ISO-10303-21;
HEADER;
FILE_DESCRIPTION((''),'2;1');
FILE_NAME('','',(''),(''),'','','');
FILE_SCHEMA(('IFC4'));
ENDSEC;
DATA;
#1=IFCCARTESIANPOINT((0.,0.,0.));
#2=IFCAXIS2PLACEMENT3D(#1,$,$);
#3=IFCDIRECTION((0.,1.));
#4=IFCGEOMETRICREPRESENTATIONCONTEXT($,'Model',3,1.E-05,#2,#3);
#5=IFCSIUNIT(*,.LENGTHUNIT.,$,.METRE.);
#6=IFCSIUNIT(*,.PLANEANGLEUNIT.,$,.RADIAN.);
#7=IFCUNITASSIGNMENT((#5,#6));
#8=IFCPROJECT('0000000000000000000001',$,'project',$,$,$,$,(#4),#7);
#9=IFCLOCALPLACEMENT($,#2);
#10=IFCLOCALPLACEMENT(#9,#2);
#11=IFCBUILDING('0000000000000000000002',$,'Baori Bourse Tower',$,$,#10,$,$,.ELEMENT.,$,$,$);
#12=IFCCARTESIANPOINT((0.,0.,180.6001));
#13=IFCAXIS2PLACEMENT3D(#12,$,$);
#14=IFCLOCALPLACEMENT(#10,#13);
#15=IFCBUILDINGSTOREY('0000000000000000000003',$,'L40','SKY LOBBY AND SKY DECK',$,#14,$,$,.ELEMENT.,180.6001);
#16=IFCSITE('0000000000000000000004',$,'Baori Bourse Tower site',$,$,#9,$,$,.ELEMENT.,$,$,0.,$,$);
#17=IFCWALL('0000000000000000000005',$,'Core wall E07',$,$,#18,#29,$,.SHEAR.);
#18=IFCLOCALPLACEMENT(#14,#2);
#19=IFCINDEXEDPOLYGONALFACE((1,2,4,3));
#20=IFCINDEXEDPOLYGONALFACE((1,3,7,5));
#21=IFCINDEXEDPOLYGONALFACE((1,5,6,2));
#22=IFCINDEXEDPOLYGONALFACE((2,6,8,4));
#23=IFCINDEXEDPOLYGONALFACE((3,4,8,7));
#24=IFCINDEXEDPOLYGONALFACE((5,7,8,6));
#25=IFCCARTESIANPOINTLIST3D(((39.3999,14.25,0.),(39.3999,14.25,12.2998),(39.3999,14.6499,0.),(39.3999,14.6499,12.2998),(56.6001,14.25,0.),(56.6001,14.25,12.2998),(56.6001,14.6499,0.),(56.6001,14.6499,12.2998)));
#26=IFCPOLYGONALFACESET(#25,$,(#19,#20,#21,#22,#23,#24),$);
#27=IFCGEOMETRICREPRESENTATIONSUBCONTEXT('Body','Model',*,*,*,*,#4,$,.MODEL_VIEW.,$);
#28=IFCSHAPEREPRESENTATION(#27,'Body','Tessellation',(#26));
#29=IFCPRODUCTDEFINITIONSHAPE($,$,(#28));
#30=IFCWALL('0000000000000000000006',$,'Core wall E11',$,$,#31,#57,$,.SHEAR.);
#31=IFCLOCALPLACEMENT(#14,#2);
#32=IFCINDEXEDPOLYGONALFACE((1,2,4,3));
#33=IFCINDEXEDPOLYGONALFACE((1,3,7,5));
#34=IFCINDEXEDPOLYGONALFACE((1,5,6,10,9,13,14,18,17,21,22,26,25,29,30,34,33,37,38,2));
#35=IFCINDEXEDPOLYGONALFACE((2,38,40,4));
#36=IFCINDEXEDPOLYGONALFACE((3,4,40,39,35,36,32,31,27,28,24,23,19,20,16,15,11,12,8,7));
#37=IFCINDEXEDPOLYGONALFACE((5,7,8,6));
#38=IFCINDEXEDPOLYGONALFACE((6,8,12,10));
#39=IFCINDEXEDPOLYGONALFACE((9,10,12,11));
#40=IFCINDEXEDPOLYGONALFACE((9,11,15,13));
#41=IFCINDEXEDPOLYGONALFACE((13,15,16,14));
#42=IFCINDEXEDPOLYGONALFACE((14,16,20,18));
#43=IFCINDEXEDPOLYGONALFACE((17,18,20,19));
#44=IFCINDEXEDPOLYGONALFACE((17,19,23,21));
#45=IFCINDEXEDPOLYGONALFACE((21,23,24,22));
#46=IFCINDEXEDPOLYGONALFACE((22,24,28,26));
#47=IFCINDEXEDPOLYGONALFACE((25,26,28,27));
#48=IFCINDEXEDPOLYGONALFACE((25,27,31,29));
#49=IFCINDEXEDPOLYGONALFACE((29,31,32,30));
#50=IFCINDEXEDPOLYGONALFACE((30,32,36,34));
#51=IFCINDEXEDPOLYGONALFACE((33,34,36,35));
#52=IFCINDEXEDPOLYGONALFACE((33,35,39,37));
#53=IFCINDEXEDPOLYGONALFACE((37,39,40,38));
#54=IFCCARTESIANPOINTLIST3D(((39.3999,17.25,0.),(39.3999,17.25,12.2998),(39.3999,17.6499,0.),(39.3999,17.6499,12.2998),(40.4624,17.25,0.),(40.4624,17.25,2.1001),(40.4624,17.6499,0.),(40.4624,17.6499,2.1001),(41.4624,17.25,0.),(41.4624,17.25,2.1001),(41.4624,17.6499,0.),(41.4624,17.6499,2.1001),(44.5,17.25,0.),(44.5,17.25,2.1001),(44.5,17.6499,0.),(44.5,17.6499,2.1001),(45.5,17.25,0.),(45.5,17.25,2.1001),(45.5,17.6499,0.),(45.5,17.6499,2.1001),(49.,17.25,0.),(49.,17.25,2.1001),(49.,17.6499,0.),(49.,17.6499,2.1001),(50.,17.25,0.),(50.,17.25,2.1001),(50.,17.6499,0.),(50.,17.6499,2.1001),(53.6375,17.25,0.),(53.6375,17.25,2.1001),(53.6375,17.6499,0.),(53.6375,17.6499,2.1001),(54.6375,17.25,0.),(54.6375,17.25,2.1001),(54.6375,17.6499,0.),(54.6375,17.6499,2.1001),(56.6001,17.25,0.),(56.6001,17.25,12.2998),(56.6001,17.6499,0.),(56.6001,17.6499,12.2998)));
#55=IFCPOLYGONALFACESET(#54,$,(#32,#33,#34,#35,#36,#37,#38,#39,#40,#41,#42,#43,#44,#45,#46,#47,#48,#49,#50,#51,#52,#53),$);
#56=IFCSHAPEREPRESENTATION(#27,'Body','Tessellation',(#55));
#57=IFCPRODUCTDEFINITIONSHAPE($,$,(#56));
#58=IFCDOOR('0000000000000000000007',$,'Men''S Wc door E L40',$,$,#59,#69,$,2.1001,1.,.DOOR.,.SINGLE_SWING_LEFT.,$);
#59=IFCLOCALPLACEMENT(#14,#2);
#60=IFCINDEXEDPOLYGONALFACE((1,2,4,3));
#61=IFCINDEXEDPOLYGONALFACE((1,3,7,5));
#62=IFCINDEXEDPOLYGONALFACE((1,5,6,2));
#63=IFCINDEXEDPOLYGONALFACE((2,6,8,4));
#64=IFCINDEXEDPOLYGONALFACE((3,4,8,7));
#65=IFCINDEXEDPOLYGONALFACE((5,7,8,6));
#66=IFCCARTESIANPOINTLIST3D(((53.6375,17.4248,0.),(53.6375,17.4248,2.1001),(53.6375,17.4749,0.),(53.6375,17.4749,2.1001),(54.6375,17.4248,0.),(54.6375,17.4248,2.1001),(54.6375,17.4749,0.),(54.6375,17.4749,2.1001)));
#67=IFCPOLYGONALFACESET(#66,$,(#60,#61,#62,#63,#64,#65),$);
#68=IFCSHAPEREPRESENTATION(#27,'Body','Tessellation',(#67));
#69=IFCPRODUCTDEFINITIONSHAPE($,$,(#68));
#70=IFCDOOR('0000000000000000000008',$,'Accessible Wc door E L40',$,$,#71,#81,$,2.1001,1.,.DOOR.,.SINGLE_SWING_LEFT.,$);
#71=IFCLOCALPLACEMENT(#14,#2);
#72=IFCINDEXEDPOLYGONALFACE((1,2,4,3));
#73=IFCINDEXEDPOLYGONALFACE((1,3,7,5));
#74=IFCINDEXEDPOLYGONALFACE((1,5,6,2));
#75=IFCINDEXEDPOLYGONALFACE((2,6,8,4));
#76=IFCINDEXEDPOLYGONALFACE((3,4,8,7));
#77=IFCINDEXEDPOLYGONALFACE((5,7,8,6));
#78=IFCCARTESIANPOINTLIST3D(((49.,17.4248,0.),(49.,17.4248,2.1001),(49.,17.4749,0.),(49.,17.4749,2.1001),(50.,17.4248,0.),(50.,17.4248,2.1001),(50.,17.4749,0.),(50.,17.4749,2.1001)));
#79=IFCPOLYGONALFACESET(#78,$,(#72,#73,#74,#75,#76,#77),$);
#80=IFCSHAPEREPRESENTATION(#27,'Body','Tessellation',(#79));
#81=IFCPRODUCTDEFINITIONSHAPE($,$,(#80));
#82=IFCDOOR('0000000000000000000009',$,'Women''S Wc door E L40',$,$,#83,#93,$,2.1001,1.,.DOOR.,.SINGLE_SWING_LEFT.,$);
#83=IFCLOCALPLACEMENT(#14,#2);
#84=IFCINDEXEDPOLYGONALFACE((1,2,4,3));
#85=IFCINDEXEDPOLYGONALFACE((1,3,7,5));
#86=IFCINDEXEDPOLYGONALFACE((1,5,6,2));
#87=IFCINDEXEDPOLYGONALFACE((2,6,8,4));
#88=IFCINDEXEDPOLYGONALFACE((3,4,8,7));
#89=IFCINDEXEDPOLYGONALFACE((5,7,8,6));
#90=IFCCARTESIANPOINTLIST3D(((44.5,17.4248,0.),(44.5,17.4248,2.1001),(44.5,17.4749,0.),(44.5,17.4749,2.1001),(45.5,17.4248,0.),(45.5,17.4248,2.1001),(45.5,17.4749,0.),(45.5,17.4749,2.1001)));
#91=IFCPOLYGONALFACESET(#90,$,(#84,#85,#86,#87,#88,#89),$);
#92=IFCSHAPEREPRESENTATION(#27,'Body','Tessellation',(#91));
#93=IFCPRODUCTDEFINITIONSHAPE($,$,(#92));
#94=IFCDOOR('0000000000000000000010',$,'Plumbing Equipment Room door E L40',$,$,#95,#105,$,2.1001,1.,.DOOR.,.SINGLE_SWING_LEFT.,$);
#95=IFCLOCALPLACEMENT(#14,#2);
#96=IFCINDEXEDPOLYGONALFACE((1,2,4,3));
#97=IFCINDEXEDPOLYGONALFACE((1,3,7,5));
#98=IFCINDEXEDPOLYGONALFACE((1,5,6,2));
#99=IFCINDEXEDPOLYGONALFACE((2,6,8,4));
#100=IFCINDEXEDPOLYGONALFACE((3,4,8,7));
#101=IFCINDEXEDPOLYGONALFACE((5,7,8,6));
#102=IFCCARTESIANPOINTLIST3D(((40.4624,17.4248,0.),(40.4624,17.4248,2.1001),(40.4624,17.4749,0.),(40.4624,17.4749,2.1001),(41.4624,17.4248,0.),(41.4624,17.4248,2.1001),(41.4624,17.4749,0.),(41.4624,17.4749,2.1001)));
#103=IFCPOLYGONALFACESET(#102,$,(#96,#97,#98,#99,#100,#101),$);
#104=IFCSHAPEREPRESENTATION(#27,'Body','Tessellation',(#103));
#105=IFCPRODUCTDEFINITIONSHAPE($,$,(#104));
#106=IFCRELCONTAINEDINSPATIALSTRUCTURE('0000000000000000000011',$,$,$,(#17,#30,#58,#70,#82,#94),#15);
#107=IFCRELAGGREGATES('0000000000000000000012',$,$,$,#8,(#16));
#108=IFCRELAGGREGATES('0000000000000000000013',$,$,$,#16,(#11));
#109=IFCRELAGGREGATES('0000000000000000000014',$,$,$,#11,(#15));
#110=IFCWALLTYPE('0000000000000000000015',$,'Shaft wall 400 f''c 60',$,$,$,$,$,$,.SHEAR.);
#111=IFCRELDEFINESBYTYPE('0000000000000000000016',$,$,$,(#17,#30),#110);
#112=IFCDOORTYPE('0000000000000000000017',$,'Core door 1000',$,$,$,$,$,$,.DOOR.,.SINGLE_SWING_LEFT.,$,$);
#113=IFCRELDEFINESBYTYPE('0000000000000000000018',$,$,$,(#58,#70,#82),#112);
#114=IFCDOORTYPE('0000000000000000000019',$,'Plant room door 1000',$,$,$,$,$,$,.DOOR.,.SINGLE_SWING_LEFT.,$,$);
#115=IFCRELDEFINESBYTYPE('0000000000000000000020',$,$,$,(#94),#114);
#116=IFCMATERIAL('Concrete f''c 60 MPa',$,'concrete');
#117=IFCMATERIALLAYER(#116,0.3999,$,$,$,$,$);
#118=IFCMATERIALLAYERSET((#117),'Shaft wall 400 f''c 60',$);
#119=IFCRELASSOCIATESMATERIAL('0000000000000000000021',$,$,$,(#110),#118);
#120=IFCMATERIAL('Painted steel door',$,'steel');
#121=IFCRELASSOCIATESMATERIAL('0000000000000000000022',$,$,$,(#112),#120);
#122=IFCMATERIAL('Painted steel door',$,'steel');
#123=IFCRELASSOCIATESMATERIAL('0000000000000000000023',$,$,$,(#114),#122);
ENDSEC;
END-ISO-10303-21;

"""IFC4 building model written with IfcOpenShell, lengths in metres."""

from ifc_helpers import new_model, si_unit, direction, frame, frame_2d, origin, place, context, subcontext, project, spatial, rectangle, extrude, material, layer, layer_set, type_object, element, fill, save


model = new_model("IFC4")

# Units and contexts
model_context = context("Model", 3, precision=1e-05, world=origin(), true_north=direction((0.0, 1.0)))
body_context = subcontext(model_context, "Body", "Model", "MODEL_VIEW")
ifc_project = project(units=[si_unit("LENGTHUNIT", "METRE"), si_unit("PLANEANGLEUNIT", "RADIAN")], contexts=[model_context])

# Site, building, storey
site_placement = place(None, origin())
site = spatial("IfcSite", under=ifc_project, at=site_placement, Name="Baori Bourse Tower site", CompositionType="ELEMENT", RefElevation=0.0)
building_placement = place(site_placement, origin())
building = spatial("IfcBuilding", under=site, at=building_placement, Name="Baori Bourse Tower", CompositionType="ELEMENT")
storey_placement = place(building_placement, frame((0.0, 0.0, 180.6001)))
storey = spatial("IfcBuildingStorey", under=building, at=storey_placement, Name="L40", Description="SKY LOBBY AND SKY DECK", CompositionType="ELEMENT", Elevation=180.6001)

# Wall
ifc_material_1 = material(Name="Concrete f'c 60 MPa", Category="concrete")
ifc_layer_1 = layer(ifc_material_1, 0.3999)
ifc_layer_set_1 = layer_set([ifc_layer_1], Name="Shaft wall 400 f'c 60")
wall_type_1 = type_object("IfcWallType", Name="Shaft wall 400 f'c 60", PredefinedType="SHEAR", material=ifc_layer_set_1)
wall_1_placement = place(storey_placement, frame((39.3999, 14.45, 0.0), z_axis=(0.0, 0.0, 1.0), x_axis=(1.0, 0.0, 0.0)))
element("IfcWall", 1, at=wall_1_placement, inside=storey, type_object=wall_type_1, Name="Core wall E07", PredefinedType="SHEAR", context=body_context, shape_type="SweptSolid", body=[
    extrude(rectangle(XDim=17.2002, YDim=0.3999, at=frame_2d((8.6001, 0.0))), origin(), (0.0, 0.0, 1.0), 12.2998),
])

# Wall, openings, doors
wall_2_placement = place(storey_placement, frame((39.3999, 17.45, 0.0), z_axis=(0.0, 0.0, 1.0), x_axis=(1.0, 0.0, 0.0)))
wall_2 = element("IfcWall", 2, at=wall_2_placement, inside=storey, type_object=wall_type_1, Name="Core wall E11", PredefinedType="SHEAR", context=body_context, shape_type="SweptSolid", body=[
    extrude(rectangle(XDim=17.2002, YDim=0.3999, at=frame_2d((8.6001, 0.0))), origin(), (0.0, 0.0, 1.0), 12.2998),
])
opening_1_placement = place(wall_2_placement, frame((14.2375, 0.0, 0.0)))
opening_1 = element("IfcOpeningElement", 3, at=opening_1_placement, cuts=wall_2, PredefinedType="OPENING", context=body_context, shape_type="SweptSolid", body=[
    extrude(rectangle(XDim=1.0, YDim=2.1001, at=frame_2d((0.5, 1.05))), frame((0.0, 0.21, 0.0), z_axis=(0.0, -1.0, 0.0), x_axis=(1.0, 0.0, 0.0)), (0.0, 0.0, 1.0), 0.4199),
])
opening_2_placement = place(wall_2_placement, frame((9.6001, 0.0, 0.0)))
opening_2 = element("IfcOpeningElement", 4, at=opening_2_placement, cuts=wall_2, PredefinedType="OPENING", context=body_context, shape_type="SweptSolid", body=[
    extrude(rectangle(XDim=1.0, YDim=2.1001, at=frame_2d((0.5, 1.05))), frame((0.0, 0.21, 0.0), z_axis=(0.0, -1.0, 0.0), x_axis=(1.0, 0.0, 0.0)), (0.0, 0.0, 1.0), 0.4199),
])
opening_3_placement = place(wall_2_placement, frame((5.1001, 0.0, 0.0)))
opening_3 = element("IfcOpeningElement", 5, at=opening_3_placement, cuts=wall_2, PredefinedType="OPENING", context=body_context, shape_type="SweptSolid", body=[
    extrude(rectangle(XDim=1.0, YDim=2.1001, at=frame_2d((0.5, 1.05))), frame((0.0, 0.21, 0.0), z_axis=(0.0, -1.0, 0.0), x_axis=(1.0, 0.0, 0.0)), (0.0, 0.0, 1.0), 0.4199),
])
opening_4_placement = place(wall_2_placement, frame((1.0625, 0.0, 0.0)))
opening_4 = element("IfcOpeningElement", 6, at=opening_4_placement, cuts=wall_2, PredefinedType="OPENING", context=body_context, shape_type="SweptSolid", body=[
    extrude(rectangle(XDim=1.0, YDim=2.1001, at=frame_2d((0.5, 1.05))), frame((0.0, 0.21, 0.0), z_axis=(0.0, -1.0, 0.0), x_axis=(1.0, 0.0, 0.0)), (0.0, 0.0, 1.0), 0.4199),
])
ifc_material_2 = material(Name="Painted steel door", Category="steel")
door_type_1 = type_object("IfcDoorType", Name="Core door 1000", OperationType="SINGLE_SWING_LEFT", PredefinedType="DOOR", material=ifc_material_2)
door_1_placement = place(opening_1_placement, origin())
door_1 = element("IfcDoor", 7, at=door_1_placement, inside=storey, type_object=door_type_1, Name="Men'S Wc door E L40", OperationType="SINGLE_SWING_LEFT", OverallHeight=2.1001, OverallWidth=1.0, PredefinedType="DOOR", context=body_context, shape_type="SweptSolid", body=[
    extrude(rectangle(XDim=1.0, YDim=2.1001, at=frame_2d((0.5, 1.05))), frame((0.0, 0.0249, 0.0), z_axis=(0.0, -1.0, 0.0), x_axis=(1.0, 0.0, 0.0)), (0.0, 0.0, 1.0), 0.05),
])
fill(opening_1, door_1)
door_2_placement = place(opening_2_placement, origin())
door_2 = element("IfcDoor", 8, at=door_2_placement, inside=storey, type_object=door_type_1, Name="Accessible Wc door E L40", OperationType="SINGLE_SWING_LEFT", OverallHeight=2.1001, OverallWidth=1.0, PredefinedType="DOOR", context=body_context, shape_type="SweptSolid", body=[
    extrude(rectangle(XDim=1.0, YDim=2.1001, at=frame_2d((0.5, 1.05))), frame((0.0, 0.0249, 0.0), z_axis=(0.0, -1.0, 0.0), x_axis=(1.0, 0.0, 0.0)), (0.0, 0.0, 1.0), 0.05),
])
fill(opening_2, door_2)
door_3_placement = place(opening_3_placement, origin())
door_3 = element("IfcDoor", 9, at=door_3_placement, inside=storey, type_object=door_type_1, Name="Women'S Wc door E L40", OperationType="SINGLE_SWING_LEFT", OverallHeight=2.1001, OverallWidth=1.0, PredefinedType="DOOR", context=body_context, shape_type="SweptSolid", body=[
    extrude(rectangle(XDim=1.0, YDim=2.1001, at=frame_2d((0.5, 1.05))), frame((0.0, 0.0249, 0.0), z_axis=(0.0, -1.0, 0.0), x_axis=(1.0, 0.0, 0.0)), (0.0, 0.0, 1.0), 0.05),
])
fill(opening_3, door_3)
ifc_material_3 = material(Name="Painted steel door", Category="steel")
door_type_2 = type_object("IfcDoorType", Name="Plant room door 1000", OperationType="SINGLE_SWING_LEFT", PredefinedType="DOOR", material=ifc_material_3)
door_4_placement = place(opening_4_placement, origin())
door_4 = element("IfcDoor", 10, at=door_4_placement, inside=storey, type_object=door_type_2, Name="Plumbing Equipment Room door E L40", OperationType="SINGLE_SWING_LEFT", OverallHeight=2.1001, OverallWidth=1.0, PredefinedType="DOOR", context=body_context, shape_type="SweptSolid", body=[
    extrude(rectangle(XDim=1.0, YDim=2.1001, at=frame_2d((0.5, 1.05))), frame((0.0, 0.0249, 0.0), z_axis=(0.0, -1.0, 0.0), x_axis=(1.0, 0.0, 0.0)), (0.0, 0.0, 1.0), 0.05),
])
fill(opening_4, door_4)

save(model, "model.ifc")
